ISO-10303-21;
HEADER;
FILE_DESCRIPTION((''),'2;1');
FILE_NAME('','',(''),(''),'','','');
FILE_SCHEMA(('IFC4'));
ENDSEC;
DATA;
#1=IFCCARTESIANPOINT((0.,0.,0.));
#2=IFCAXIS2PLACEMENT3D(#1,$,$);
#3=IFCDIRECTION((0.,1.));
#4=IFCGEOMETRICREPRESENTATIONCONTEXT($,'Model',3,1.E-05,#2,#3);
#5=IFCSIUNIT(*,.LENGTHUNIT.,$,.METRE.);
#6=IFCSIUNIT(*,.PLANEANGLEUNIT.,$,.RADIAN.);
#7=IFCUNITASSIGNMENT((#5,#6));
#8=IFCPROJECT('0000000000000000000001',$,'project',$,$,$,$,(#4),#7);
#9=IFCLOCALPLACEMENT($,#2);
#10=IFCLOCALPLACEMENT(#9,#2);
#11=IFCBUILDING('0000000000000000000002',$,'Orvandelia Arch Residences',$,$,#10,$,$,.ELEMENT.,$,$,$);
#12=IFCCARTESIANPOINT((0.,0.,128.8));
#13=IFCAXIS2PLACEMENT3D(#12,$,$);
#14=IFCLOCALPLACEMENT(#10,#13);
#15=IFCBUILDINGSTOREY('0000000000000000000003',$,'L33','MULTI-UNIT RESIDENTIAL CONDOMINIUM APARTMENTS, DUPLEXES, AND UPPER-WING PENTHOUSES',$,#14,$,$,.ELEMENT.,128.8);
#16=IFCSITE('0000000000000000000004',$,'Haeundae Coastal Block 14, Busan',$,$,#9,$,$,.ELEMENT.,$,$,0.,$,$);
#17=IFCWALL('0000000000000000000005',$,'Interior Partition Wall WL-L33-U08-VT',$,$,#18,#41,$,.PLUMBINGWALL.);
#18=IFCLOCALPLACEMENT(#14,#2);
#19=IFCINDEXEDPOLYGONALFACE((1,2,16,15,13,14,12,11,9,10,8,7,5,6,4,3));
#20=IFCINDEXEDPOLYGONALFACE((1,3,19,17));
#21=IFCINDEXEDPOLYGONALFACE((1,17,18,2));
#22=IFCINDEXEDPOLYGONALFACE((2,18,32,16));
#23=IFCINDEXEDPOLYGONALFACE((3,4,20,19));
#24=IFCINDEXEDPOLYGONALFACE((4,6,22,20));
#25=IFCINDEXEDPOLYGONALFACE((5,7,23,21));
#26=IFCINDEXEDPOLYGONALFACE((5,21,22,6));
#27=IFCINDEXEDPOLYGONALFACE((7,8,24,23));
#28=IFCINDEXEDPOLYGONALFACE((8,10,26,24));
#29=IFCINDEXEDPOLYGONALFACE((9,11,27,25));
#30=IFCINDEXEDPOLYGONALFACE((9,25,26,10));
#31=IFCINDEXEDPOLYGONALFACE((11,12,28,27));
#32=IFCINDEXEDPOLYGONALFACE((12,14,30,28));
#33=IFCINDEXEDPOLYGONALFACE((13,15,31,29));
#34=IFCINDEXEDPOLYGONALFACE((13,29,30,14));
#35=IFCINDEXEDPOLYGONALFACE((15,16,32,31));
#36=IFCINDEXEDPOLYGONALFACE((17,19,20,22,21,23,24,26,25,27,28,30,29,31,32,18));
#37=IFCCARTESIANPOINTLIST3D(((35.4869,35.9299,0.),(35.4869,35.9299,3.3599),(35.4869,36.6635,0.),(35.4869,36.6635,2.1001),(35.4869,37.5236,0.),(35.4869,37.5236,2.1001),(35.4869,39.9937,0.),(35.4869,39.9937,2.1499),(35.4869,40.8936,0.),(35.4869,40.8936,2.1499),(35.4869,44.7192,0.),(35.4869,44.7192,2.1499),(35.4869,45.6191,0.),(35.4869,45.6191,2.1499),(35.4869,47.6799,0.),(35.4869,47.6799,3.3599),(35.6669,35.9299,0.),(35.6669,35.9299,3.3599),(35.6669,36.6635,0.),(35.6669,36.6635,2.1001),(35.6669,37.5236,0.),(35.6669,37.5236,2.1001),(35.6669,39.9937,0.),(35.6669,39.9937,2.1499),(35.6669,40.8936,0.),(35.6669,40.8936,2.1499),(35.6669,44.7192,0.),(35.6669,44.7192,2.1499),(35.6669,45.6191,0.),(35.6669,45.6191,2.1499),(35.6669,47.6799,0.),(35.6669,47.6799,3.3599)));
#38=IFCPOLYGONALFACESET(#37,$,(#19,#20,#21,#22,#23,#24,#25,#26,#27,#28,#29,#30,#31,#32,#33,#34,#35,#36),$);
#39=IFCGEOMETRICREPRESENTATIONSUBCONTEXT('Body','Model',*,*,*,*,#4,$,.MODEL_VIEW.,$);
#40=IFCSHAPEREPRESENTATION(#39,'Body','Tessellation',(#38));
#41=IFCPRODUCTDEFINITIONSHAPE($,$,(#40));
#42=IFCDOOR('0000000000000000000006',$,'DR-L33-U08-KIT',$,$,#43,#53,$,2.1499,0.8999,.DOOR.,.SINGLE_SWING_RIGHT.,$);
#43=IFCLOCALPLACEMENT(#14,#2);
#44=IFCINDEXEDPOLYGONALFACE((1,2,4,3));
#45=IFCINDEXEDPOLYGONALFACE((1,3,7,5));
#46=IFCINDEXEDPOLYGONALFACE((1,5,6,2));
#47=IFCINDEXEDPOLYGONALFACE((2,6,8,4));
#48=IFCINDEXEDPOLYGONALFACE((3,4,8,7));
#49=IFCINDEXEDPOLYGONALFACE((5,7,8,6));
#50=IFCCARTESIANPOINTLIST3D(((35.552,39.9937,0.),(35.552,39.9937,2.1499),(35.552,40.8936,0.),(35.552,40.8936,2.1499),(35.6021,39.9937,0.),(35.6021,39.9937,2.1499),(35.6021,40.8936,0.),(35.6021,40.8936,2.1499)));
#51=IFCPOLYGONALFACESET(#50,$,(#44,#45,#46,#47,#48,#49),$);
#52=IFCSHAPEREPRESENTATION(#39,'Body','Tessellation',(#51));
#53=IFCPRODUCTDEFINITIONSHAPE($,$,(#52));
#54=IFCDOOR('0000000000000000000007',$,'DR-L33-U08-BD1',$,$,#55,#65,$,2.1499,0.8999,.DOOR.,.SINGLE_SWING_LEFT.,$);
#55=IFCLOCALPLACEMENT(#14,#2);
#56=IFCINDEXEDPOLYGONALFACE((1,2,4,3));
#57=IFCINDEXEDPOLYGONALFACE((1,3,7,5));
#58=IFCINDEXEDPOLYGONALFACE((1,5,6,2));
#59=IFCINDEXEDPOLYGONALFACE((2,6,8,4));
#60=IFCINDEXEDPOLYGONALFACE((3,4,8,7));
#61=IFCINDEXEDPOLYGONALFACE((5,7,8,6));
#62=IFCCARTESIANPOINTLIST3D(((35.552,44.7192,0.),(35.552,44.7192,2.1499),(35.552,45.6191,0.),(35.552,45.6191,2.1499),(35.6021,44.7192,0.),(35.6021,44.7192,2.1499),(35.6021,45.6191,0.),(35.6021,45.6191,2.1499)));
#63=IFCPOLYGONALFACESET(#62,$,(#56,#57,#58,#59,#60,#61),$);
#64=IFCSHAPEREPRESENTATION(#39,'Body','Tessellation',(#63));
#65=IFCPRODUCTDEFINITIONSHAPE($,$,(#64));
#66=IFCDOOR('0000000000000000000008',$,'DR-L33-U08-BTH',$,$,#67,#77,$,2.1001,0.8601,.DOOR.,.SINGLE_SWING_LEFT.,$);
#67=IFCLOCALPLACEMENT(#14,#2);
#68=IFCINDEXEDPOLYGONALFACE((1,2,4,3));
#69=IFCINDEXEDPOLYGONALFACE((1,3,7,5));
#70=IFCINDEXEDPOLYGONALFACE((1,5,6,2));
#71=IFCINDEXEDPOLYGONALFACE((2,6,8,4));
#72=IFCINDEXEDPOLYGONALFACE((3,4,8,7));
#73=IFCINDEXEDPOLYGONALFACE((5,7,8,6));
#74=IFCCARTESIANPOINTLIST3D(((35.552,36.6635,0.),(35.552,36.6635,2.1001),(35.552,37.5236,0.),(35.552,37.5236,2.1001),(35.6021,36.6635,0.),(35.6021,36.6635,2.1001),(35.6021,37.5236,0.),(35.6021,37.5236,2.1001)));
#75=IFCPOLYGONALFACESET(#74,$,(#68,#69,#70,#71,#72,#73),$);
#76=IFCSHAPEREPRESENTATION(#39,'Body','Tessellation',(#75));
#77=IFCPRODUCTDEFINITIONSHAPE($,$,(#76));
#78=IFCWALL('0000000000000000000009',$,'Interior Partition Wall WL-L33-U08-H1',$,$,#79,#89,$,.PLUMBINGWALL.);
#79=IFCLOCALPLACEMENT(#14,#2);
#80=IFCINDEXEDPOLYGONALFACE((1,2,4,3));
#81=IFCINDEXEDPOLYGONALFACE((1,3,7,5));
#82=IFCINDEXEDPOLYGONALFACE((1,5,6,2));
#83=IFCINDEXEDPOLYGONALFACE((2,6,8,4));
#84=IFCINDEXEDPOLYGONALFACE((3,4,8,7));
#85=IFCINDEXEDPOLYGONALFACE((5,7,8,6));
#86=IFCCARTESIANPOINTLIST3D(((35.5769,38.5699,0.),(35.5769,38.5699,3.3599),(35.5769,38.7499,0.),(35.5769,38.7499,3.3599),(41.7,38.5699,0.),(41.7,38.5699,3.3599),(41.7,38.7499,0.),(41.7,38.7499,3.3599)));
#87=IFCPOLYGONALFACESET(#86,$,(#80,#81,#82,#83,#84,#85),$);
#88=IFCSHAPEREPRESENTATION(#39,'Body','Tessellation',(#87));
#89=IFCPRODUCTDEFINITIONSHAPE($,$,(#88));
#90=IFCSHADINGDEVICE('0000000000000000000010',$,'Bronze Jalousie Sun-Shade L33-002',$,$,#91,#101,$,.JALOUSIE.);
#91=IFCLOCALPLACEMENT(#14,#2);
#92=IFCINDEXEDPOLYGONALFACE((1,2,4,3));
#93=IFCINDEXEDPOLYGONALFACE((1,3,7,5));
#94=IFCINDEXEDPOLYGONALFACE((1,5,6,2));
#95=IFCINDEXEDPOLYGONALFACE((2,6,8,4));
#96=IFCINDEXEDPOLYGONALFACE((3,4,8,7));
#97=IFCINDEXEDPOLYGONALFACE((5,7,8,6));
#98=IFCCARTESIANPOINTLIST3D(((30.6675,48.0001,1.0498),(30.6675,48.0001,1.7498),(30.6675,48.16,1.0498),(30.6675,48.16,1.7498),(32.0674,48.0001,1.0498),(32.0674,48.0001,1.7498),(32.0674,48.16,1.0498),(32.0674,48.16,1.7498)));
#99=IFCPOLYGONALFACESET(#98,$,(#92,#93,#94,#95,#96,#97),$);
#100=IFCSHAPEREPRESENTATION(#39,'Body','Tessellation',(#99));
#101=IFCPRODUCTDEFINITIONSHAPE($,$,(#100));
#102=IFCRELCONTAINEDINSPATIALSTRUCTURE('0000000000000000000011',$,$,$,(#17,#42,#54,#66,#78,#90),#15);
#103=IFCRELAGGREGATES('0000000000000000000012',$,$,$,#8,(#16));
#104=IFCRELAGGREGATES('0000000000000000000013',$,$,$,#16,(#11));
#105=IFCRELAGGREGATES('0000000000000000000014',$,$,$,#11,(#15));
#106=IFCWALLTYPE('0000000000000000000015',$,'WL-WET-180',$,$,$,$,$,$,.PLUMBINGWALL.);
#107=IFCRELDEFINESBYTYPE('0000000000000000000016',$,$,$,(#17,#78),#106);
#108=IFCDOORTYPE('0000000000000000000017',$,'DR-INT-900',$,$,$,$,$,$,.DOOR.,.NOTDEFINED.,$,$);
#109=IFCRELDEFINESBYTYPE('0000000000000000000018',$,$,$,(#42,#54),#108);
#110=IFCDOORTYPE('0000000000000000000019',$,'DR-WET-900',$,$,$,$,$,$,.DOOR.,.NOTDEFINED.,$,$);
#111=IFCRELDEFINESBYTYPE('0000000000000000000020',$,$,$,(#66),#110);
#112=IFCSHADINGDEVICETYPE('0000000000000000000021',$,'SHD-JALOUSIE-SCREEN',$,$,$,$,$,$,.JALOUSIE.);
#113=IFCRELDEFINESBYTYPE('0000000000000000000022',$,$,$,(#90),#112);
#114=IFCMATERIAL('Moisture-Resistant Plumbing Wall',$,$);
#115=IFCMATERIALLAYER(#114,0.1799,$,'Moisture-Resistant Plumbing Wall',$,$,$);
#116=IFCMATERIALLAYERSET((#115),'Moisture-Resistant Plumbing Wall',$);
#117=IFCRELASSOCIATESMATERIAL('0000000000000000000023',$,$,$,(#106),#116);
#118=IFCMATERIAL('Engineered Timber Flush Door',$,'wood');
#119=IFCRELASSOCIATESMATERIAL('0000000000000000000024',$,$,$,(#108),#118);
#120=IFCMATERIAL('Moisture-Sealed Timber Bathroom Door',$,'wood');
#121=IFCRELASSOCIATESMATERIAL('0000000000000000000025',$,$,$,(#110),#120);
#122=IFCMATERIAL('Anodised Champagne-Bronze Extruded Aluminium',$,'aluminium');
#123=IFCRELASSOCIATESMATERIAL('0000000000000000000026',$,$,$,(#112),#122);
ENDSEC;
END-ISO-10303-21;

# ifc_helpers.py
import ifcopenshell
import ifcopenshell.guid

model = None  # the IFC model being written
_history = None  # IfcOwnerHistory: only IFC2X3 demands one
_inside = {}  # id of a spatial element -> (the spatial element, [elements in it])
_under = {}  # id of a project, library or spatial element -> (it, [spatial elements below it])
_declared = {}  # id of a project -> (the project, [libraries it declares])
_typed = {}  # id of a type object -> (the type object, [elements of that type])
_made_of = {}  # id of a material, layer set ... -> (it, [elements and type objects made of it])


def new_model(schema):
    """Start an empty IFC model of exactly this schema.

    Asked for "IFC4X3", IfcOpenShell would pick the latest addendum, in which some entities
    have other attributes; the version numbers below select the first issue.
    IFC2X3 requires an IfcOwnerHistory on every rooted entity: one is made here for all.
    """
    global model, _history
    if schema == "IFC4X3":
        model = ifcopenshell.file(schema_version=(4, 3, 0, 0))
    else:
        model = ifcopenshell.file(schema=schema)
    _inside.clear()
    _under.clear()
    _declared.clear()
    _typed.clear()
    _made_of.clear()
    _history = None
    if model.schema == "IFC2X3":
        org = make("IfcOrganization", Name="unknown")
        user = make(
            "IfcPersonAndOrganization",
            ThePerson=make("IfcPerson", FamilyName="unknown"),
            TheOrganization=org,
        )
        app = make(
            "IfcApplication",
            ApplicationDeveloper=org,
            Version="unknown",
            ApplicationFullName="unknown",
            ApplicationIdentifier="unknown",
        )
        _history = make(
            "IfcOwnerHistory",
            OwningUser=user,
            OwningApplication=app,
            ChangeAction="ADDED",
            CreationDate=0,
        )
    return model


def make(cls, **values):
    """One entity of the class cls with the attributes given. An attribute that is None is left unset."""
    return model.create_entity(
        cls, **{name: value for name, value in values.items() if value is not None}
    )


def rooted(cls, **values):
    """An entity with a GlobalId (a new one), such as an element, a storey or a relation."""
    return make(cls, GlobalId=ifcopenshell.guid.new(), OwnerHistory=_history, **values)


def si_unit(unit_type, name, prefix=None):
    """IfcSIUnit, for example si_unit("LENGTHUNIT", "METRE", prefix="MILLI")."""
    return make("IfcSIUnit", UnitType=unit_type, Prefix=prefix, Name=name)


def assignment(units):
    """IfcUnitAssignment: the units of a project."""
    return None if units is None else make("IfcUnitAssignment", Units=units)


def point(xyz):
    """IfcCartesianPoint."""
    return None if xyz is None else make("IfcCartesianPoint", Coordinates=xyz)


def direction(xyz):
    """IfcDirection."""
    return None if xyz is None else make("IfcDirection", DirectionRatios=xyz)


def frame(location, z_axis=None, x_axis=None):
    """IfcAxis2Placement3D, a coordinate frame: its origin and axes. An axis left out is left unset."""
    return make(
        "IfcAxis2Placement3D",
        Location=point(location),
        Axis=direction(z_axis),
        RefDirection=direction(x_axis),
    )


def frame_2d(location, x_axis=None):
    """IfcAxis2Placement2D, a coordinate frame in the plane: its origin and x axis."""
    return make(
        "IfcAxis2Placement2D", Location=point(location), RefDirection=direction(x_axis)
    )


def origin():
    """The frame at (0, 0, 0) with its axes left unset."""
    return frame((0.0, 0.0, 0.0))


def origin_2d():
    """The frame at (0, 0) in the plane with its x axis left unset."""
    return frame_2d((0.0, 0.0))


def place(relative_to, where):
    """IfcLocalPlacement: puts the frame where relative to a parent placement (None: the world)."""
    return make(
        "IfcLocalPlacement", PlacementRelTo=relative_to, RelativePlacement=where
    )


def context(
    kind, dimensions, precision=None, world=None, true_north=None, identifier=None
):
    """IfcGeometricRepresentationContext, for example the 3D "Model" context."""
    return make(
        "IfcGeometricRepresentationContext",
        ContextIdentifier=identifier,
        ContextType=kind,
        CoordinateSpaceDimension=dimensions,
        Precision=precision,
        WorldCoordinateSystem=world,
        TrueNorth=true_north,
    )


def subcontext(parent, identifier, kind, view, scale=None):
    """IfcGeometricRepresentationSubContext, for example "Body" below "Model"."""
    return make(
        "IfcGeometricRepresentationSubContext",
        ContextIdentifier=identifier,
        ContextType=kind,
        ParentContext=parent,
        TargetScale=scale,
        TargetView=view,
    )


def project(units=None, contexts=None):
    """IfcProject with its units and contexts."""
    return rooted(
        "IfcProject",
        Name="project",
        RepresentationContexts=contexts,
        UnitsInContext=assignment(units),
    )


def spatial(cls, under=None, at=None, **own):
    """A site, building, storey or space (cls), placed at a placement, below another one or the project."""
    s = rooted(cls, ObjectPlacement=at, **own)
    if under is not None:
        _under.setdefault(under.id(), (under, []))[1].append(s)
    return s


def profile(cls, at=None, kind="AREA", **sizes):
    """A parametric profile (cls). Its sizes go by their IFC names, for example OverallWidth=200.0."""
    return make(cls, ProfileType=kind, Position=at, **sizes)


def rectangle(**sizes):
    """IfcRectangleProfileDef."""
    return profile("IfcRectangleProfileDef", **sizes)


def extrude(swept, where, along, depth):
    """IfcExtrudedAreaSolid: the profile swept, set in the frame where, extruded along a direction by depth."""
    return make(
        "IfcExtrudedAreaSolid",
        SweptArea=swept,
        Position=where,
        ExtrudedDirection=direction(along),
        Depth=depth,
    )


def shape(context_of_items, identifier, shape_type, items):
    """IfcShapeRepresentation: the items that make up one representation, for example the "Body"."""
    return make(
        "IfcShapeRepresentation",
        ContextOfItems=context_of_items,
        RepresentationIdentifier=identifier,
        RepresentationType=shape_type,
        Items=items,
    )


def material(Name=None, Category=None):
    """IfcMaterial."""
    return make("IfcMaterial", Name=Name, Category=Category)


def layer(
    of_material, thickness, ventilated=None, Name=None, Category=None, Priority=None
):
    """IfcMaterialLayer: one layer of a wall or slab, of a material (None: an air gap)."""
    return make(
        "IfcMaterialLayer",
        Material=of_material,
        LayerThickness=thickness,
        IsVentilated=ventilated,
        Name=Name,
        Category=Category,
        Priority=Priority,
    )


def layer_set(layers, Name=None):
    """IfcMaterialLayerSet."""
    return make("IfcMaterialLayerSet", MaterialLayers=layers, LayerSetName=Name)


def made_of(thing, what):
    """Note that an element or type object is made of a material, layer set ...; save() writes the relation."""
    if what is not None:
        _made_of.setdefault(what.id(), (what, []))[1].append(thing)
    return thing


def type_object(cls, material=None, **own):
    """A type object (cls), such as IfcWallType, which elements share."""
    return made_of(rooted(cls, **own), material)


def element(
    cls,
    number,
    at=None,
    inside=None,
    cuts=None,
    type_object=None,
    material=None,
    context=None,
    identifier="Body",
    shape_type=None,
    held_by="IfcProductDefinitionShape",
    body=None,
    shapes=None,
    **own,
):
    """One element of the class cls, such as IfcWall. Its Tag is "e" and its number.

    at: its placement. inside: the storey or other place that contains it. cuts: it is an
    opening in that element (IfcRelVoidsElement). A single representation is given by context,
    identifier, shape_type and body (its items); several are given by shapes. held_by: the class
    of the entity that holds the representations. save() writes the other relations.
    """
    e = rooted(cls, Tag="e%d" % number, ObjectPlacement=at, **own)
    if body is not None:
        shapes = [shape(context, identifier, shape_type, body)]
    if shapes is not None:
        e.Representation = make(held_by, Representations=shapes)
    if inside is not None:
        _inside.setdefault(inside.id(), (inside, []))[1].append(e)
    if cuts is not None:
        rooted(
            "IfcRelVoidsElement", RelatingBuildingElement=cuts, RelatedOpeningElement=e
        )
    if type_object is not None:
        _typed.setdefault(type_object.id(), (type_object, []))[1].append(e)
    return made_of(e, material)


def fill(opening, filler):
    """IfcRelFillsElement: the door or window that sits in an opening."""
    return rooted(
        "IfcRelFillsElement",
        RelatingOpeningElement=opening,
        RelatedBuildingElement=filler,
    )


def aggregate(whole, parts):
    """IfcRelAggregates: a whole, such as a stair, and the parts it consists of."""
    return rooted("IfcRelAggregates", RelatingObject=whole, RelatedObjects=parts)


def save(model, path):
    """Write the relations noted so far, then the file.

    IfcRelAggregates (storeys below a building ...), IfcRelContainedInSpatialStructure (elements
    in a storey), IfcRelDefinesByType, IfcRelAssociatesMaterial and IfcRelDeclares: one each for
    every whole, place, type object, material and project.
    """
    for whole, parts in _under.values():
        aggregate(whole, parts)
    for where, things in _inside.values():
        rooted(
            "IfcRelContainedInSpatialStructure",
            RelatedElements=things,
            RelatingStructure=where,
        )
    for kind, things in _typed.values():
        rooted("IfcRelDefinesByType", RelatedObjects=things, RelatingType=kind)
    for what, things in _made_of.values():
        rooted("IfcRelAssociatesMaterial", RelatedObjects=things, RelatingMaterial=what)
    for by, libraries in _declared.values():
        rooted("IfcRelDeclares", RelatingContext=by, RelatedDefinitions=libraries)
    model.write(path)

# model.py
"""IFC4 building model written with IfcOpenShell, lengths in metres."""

from ifc_helpers import new_model, si_unit, direction, frame, frame_2d, origin, origin_2d, place, context, subcontext, project, spatial, rectangle, extrude, material, layer, layer_set, type_object, element, fill, save


model = new_model("IFC4")

# Units and contexts
model_context = context("Model", 3, precision=1e-05, world=origin(), true_north=direction((0.0, 1.0)))
body_context = subcontext(model_context, "Body", "Model", "MODEL_VIEW")
ifc_project = project(units=[si_unit("LENGTHUNIT", "METRE"), si_unit("PLANEANGLEUNIT", "RADIAN")], contexts=[model_context])

# Site, building, storey
site_placement = place(None, origin())
site = spatial("IfcSite", under=ifc_project, at=site_placement, Name="Haeundae Coastal Block 14, Busan", CompositionType="ELEMENT", RefElevation=0.0)
building_placement = place(site_placement, origin())
building = spatial("IfcBuilding", under=site, at=building_placement, Name="Orvandelia Arch Residences", CompositionType="ELEMENT")
storey_placement = place(building_placement, frame((0.0, 0.0, 128.8)))
storey = spatial("IfcBuildingStorey", under=building, at=storey_placement, Name="L33", Description="MULTI-UNIT RESIDENTIAL CONDOMINIUM APARTMENTS, DUPLEXES, AND UPPER-WING PENTHOUSES", CompositionType="ELEMENT", Elevation=128.8)

# Wall, openings, doors
ifc_material_1 = material(Name="Moisture-Resistant Plumbing Wall")
ifc_layer_1 = layer(ifc_material_1, 0.1799, Name="Moisture-Resistant Plumbing Wall")
ifc_layer_set_1 = layer_set([ifc_layer_1], Name="Moisture-Resistant Plumbing Wall")
wall_type_1 = type_object("IfcWallType", Name="WL-WET-180", PredefinedType="PLUMBINGWALL", material=ifc_layer_set_1)
wall_1_placement = place(storey_placement, frame((35.5769, 35.9299, 0.0), z_axis=(0.0, 0.0, 1.0), x_axis=(0.0, 1.0, 0.0)))
wall_1 = element("IfcWall", 1, at=wall_1_placement, inside=storey, type_object=wall_type_1, Name="Interior Partition Wall WL-L33-U08-VT", PredefinedType="PLUMBINGWALL", context=body_context, shape_type="SweptSolid", body=[
    extrude(rectangle(XDim=11.75, YDim=0.1799, at=frame_2d((5.875, 0.0))), origin(), (0.0, 0.0, 1.0), 3.3599),
])
opening_1_placement = place(wall_1_placement, frame((0.7334, 0.0, 0.0)))
opening_1 = element("IfcOpeningElement", 2, at=opening_1_placement, cuts=wall_1, PredefinedType="OPENING", context=body_context, shape_type="SweptSolid", body=[
    extrude(rectangle(XDim=0.8601, YDim=2.1001, at=frame_2d((0.4302, 1.05))), frame((0.0, 0.1001, 0.0), z_axis=(0.0, -1.0, 0.0), x_axis=(1.0, 0.0, 0.0)), (0.0, 0.0, 1.0), 0.2),
])
opening_2_placement = place(wall_1_placement, frame((4.0637, 0.0, 0.0)))
opening_2 = element("IfcOpeningElement", 3, at=opening_2_placement, cuts=wall_1, PredefinedType="OPENING", context=body_context, shape_type="SweptSolid", body=[
    extrude(rectangle(XDim=0.8999, YDim=2.1499, at=frame_2d((0.45, 1.075))), frame((0.0, 0.1001, 0.0), z_axis=(0.0, -1.0, 0.0), x_axis=(1.0, 0.0, 0.0)), (0.0, 0.0, 1.0), 0.2),
])
opening_3_placement = place(wall_1_placement, frame((8.7893, 0.0, 0.0)))
opening_3 = element("IfcOpeningElement", 4, at=opening_3_placement, cuts=wall_1, PredefinedType="OPENING", context=body_context, shape_type="SweptSolid", body=[
    extrude(rectangle(XDim=0.8999, YDim=2.1499, at=frame_2d((0.45, 1.075))), frame((0.0, 0.1001, 0.0), z_axis=(0.0, -1.0, 0.0), x_axis=(1.0, 0.0, 0.0)), (0.0, 0.0, 1.0), 0.2),
])
ifc_material_2 = material(Name="Engineered Timber Flush Door", Category="wood")
door_type_1 = type_object("IfcDoorType", Name="DR-INT-900", OperationType="NOTDEFINED", PredefinedType="DOOR", material=ifc_material_2)
door_1_placement = place(opening_2_placement, origin())
door_1 = element("IfcDoor", 5, at=door_1_placement, inside=storey, type_object=door_type_1, Name="DR-L33-U08-KIT", OperationType="SINGLE_SWING_RIGHT", OverallHeight=2.1499, OverallWidth=0.8999, PredefinedType="DOOR", context=body_context, shape_type="SweptSolid", body=[
    extrude(rectangle(XDim=0.8999, YDim=2.1499, at=frame_2d((0.45, 1.075))), frame((0.0, 0.0249, 0.0), z_axis=(0.0, -1.0, 0.0), x_axis=(1.0, 0.0, 0.0)), (0.0, 0.0, 1.0), 0.05),
])
fill(opening_2, door_1)
door_2_placement = place(opening_3_placement, origin())
door_2 = element("IfcDoor", 6, at=door_2_placement, inside=storey, type_object=door_type_1, Name="DR-L33-U08-BD1", OperationType="SINGLE_SWING_LEFT", OverallHeight=2.1499, OverallWidth=0.8999, PredefinedType="DOOR", context=body_context, shape_type="SweptSolid", body=[
    extrude(rectangle(XDim=0.8999, YDim=2.1499, at=frame_2d((0.45, 1.075))), frame((0.0, 0.0249, 0.0), z_axis=(0.0, -1.0, 0.0), x_axis=(1.0, 0.0, 0.0)), (0.0, 0.0, 1.0), 0.05),
])
fill(opening_3, door_2)
ifc_material_3 = material(Name="Moisture-Sealed Timber Bathroom Door", Category="wood")
door_type_2 = type_object("IfcDoorType", Name="DR-WET-900", OperationType="NOTDEFINED", PredefinedType="DOOR", material=ifc_material_3)
door_3_placement = place(opening_1_placement, origin())
door_3 = element("IfcDoor", 7, at=door_3_placement, inside=storey, type_object=door_type_2, Name="DR-L33-U08-BTH", OperationType="SINGLE_SWING_LEFT", OverallHeight=2.1001, OverallWidth=0.8601, PredefinedType="DOOR", context=body_context, shape_type="SweptSolid", body=[
    extrude(rectangle(XDim=0.8601, YDim=2.1001, at=frame_2d((0.4302, 1.05))), frame((0.0, 0.0249, 0.0), z_axis=(0.0, -1.0, 0.0), x_axis=(1.0, 0.0, 0.0)), (0.0, 0.0, 1.0), 0.05),
])
fill(opening_1, door_3)

# Wall
wall_2_placement = place(storey_placement, frame((35.5769, 38.6599, 0.0), z_axis=(0.0, 0.0, 1.0), x_axis=(1.0, 0.0, 0.0)))
element("IfcWall", 8, at=wall_2_placement, inside=storey, type_object=wall_type_1, Name="Interior Partition Wall WL-L33-U08-H1", PredefinedType="PLUMBINGWALL", context=body_context, shape_type="SweptSolid", body=[
    extrude(rectangle(XDim=6.123, YDim=0.1799, at=frame_2d((3.0615, 0.0))), origin(), (0.0, 0.0, 1.0), 3.3599),
])

# Shading device
ifc_material_4 = material(Name="Anodised Champagne-Bronze Extruded Aluminium", Category="aluminium")
shading_device_type = type_object("IfcShadingDeviceType", Name="SHD-JALOUSIE-SCREEN", PredefinedType="JALOUSIE", material=ifc_material_4)
shading_device_placement = place(storey_placement, frame((31.3674, 48.0801, 1.0498), z_axis=(0.0, 0.0, 1.0), x_axis=(1.0, 0.0, 0.0)))
element("IfcShadingDevice", 9, at=shading_device_placement, inside=storey, type_object=shading_device_type, Name="Bronze Jalousie Sun-Shade L33-002", PredefinedType="JALOUSIE", context=body_context, shape_type="SweptSolid", body=[
    extrude(rectangle(XDim=1.3999, YDim=0.1599, at=origin_2d()), origin(), (0.0, 0.0, 1.0), 0.7),
])

save(model, "model.ifc")
